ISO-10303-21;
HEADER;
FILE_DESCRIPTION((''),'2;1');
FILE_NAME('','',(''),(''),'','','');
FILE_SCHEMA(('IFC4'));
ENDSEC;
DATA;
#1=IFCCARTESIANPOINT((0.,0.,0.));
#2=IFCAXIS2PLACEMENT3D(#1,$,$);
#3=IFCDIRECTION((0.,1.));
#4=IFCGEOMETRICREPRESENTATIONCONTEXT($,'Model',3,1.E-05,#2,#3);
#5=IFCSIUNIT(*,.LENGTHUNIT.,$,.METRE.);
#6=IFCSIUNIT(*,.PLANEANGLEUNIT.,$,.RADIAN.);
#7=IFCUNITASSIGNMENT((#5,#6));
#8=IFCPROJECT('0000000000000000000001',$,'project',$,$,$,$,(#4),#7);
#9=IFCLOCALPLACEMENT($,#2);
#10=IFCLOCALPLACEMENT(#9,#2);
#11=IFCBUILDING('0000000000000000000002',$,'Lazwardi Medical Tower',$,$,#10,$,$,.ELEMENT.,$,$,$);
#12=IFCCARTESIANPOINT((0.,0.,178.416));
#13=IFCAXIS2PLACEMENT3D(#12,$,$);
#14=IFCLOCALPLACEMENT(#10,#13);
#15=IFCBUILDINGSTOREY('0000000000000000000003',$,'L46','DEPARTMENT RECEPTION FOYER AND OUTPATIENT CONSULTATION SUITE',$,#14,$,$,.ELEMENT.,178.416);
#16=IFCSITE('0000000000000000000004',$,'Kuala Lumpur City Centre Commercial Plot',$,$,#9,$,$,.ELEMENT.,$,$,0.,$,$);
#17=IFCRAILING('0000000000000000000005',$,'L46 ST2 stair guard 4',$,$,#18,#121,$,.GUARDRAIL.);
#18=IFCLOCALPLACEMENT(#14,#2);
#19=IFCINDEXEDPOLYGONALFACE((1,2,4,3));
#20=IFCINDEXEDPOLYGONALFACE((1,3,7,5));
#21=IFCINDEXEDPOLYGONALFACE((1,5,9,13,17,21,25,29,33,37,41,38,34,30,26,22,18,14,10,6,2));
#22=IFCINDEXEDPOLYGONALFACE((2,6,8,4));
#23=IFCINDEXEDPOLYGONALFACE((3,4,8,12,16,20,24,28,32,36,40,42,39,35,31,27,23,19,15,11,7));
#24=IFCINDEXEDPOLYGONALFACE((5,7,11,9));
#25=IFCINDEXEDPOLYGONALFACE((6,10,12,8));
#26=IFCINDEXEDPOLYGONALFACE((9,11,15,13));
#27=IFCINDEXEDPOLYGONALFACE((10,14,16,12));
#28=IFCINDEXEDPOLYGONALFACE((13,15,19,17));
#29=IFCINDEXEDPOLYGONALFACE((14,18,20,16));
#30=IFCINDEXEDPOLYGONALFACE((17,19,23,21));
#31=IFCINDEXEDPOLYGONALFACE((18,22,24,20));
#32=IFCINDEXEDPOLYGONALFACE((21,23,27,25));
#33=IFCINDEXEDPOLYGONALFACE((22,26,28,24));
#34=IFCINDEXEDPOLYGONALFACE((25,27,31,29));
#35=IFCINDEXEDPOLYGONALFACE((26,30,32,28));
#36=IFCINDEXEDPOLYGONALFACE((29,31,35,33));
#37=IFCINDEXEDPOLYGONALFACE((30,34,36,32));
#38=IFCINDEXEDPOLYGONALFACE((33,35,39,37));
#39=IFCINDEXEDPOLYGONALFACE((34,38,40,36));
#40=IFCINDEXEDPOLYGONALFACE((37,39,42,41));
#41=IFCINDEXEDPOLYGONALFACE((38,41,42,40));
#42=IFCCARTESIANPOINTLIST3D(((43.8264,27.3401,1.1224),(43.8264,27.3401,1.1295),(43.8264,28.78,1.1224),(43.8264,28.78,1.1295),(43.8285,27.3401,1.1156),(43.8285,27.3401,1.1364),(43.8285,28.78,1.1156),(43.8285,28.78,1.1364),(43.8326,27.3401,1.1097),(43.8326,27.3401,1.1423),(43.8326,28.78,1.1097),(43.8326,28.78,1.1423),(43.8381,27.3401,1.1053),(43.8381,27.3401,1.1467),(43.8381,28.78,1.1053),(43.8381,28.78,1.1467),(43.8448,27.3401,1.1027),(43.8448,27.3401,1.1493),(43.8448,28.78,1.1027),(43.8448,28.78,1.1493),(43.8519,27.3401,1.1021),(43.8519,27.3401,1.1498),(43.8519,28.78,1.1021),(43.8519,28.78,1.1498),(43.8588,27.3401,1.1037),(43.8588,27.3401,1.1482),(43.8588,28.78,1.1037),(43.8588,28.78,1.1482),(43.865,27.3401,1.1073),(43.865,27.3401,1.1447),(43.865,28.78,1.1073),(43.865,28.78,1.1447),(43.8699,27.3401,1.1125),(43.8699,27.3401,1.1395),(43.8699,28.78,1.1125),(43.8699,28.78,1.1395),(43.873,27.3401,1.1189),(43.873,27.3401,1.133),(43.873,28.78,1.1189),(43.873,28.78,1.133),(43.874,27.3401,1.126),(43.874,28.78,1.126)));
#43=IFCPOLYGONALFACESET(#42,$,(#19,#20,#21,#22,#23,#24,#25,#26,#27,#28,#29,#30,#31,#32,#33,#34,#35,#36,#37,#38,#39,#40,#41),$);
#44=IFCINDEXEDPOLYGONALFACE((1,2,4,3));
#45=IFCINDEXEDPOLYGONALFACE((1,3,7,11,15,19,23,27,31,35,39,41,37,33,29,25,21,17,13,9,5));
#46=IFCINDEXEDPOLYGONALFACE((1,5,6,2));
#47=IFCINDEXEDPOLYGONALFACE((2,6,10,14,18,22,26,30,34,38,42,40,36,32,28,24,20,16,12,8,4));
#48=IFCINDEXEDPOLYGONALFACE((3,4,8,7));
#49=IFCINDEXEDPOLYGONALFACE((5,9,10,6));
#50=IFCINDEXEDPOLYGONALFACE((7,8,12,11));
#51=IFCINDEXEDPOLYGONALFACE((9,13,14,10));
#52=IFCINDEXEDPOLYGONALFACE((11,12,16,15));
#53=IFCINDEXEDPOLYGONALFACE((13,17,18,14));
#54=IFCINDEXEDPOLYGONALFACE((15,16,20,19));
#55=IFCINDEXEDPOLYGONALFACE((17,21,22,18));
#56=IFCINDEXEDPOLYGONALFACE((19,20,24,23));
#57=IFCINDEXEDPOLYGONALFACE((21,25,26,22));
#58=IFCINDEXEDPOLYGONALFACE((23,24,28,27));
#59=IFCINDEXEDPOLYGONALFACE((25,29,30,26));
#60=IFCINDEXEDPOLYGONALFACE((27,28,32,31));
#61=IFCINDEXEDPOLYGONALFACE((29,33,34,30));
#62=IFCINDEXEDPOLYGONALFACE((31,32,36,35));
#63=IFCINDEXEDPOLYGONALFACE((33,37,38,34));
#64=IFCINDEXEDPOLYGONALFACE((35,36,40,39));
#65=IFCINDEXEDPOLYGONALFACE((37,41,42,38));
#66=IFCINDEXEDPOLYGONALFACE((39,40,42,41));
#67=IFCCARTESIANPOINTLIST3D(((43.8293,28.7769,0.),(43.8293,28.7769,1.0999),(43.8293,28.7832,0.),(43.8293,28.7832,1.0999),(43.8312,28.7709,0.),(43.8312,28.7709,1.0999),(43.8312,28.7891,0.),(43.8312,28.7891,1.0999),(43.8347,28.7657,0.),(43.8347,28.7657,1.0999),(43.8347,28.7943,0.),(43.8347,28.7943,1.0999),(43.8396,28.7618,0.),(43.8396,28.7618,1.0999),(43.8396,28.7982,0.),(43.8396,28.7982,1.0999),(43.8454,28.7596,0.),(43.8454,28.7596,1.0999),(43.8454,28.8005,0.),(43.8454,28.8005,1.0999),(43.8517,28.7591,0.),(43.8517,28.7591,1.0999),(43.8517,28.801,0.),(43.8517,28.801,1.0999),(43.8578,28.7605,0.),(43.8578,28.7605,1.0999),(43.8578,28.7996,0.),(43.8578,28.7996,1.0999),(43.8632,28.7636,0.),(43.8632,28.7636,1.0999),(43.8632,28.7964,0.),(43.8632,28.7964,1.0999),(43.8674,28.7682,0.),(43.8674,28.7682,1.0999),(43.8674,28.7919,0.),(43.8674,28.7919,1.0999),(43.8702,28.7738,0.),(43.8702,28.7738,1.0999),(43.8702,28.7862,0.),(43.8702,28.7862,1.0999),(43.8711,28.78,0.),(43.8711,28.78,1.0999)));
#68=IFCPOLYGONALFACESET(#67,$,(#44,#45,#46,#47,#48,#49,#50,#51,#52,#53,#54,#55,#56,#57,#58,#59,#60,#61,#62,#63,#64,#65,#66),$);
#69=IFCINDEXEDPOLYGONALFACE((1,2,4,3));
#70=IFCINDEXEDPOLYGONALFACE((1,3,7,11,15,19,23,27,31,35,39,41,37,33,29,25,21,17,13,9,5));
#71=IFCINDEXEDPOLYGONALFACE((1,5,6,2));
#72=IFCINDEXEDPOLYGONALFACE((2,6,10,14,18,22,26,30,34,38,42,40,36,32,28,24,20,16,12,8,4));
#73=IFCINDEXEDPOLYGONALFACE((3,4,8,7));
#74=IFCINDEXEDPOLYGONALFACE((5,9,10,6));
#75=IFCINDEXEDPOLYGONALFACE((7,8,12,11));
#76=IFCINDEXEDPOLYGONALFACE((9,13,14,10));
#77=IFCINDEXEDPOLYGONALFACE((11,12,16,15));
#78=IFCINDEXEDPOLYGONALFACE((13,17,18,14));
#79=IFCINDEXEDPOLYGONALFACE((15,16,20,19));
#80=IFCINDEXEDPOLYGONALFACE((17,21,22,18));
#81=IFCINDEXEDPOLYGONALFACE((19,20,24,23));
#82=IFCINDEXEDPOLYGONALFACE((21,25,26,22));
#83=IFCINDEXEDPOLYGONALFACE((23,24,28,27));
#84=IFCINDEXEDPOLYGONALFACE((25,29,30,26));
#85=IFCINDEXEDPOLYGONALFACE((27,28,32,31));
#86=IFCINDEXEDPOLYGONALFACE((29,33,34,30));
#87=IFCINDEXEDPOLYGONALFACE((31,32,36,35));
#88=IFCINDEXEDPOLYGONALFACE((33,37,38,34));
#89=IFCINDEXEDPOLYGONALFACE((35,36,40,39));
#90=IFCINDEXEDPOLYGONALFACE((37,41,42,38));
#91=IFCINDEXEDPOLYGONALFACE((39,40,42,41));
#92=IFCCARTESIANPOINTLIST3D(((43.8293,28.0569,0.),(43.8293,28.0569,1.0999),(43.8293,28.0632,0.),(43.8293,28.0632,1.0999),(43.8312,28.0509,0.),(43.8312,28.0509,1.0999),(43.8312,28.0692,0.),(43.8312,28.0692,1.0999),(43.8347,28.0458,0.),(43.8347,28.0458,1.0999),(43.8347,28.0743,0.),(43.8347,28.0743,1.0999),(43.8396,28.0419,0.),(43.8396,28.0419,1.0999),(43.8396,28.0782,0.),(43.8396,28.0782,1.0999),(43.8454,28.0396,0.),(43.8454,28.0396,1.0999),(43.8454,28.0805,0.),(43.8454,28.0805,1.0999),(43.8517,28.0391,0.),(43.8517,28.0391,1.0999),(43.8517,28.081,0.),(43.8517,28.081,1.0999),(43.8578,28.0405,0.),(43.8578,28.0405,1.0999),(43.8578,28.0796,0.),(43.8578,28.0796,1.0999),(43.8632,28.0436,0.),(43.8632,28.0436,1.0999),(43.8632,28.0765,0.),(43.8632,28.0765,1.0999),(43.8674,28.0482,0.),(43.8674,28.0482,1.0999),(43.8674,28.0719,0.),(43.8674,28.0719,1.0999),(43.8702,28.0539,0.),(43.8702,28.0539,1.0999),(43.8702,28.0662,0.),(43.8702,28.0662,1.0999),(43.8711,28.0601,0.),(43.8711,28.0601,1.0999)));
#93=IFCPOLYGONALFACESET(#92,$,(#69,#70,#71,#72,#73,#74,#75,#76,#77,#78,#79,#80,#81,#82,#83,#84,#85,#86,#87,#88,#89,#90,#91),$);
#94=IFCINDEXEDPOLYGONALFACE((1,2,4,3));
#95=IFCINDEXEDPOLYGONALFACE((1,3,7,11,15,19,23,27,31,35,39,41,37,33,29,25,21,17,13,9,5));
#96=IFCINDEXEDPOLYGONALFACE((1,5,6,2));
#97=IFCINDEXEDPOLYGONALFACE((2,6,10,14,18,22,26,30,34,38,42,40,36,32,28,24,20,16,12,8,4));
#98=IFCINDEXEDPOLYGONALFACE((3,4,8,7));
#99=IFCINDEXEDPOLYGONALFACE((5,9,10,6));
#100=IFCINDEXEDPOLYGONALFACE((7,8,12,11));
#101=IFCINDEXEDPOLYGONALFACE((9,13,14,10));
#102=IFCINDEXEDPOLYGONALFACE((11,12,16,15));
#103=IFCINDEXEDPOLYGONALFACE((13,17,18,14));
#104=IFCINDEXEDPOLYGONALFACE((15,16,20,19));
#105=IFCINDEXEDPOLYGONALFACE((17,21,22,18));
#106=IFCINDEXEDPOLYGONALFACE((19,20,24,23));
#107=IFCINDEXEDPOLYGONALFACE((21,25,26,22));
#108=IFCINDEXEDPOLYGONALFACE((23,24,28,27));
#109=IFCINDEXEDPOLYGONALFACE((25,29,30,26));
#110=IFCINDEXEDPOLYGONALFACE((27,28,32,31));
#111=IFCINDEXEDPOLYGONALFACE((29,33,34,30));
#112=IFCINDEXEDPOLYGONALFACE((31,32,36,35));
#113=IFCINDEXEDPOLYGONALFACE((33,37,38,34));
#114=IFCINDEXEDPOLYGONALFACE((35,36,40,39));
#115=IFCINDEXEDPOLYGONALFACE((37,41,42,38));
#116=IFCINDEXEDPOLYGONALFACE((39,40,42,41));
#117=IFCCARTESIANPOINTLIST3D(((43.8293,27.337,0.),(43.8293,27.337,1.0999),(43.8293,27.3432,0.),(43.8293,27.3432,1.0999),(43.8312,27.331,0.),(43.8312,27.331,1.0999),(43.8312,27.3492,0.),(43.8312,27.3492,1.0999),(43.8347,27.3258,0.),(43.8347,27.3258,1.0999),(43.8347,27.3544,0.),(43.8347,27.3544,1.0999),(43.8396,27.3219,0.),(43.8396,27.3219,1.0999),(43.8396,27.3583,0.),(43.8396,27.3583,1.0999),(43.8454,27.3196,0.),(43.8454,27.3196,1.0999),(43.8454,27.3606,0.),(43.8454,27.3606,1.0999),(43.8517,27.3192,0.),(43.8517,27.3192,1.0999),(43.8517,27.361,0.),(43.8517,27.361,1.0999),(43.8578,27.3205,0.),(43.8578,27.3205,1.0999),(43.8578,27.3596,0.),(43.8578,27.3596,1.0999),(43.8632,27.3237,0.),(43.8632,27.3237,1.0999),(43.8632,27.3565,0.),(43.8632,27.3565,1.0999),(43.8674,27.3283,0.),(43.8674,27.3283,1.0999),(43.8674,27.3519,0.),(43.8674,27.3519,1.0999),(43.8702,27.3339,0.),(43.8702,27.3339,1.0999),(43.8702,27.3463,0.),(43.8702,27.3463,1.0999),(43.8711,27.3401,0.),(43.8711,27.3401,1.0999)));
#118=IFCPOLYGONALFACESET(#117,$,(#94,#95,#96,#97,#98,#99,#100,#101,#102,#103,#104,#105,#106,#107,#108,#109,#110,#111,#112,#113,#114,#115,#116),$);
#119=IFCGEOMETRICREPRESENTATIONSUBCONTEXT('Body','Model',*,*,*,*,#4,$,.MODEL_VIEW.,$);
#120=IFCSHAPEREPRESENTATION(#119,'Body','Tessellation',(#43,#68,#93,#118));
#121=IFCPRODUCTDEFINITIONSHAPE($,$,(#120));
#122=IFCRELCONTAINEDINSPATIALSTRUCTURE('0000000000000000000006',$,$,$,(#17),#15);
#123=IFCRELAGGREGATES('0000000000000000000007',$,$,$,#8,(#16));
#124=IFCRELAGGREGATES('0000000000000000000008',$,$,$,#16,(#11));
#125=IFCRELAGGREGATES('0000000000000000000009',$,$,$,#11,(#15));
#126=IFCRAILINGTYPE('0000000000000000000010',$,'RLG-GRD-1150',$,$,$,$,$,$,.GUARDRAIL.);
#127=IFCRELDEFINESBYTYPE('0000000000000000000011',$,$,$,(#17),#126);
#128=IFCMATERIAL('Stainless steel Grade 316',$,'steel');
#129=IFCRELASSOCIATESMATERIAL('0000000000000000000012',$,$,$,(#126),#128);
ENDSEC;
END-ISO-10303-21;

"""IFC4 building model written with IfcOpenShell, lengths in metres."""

from ifc_helpers import new_model, si_unit, direction, frame, origin, origin_2d, place, context, subcontext, project, spatial, circle, extrude, material, type_object, element, save


model = new_model("IFC4")

# Units and contexts
model_context = context("Model", 3, precision=1e-05, world=origin(), true_north=direction((0.0, 1.0)))
body_context = subcontext(model_context, "Body", "Model", "MODEL_VIEW")
ifc_project = project(units=[si_unit("LENGTHUNIT", "METRE"), si_unit("PLANEANGLEUNIT", "RADIAN")], contexts=[model_context])

# Site, building, storey
site_placement = place(None, origin())
site = spatial("IfcSite", under=ifc_project, at=site_placement, Name="Kuala Lumpur City Centre Commercial Plot", CompositionType="ELEMENT", RefElevation=0.0)
building_placement = place(site_placement, origin())
building = spatial("IfcBuilding", under=site, at=building_placement, Name="Lazwardi Medical Tower", CompositionType="ELEMENT")
storey_placement = place(building_placement, frame((0.0, 0.0, 178.416)))
storey = spatial("IfcBuildingStorey", under=building, at=storey_placement, Name="L46", Description="DEPARTMENT RECEPTION FOYER AND OUTPATIENT CONSULTATION SUITE", CompositionType="ELEMENT", Elevation=178.416)

# Railing
ifc_material_1 = material(Name="Stainless steel Grade 316", Category="steel")
railing_type_1 = type_object("IfcRailingType", Name="RLG-GRD-1150", PredefinedType="GUARDRAIL", material=ifc_material_1)
railing_1_placement = place(storey_placement, frame((43.8501, 28.78, 0.0)))
element("IfcRailing", 1, at=railing_1_placement, inside=storey, type_object=railing_type_1, Name="L46 ST2 stair guard 4", PredefinedType="GUARDRAIL", context=body_context, shape_type="SweptSolid", body=[
    extrude(circle(Radius=0.0239, at=origin_2d()), frame((0.0, 0.0, 1.126), z_axis=(0.0, -1.0, 0.0), x_axis=(1.0, 0.0, 0.0)), (0.0, 0.0, 1.0), 1.4399),
    extrude(circle(Radius=0.021, at=origin_2d()), origin(), (0.0, 0.0, 1.0), 1.0999),
    extrude(circle(Radius=0.021, at=origin_2d()), frame((0.0, -0.72, 0.0)), (0.0, 0.0, 1.0), 1.0999),
    extrude(circle(Radius=0.021, at=origin_2d()), frame((0.0, -1.4399, 0.0)), (0.0, 0.0, 1.0), 1.0999),
])

save(model, "model.ifc")
